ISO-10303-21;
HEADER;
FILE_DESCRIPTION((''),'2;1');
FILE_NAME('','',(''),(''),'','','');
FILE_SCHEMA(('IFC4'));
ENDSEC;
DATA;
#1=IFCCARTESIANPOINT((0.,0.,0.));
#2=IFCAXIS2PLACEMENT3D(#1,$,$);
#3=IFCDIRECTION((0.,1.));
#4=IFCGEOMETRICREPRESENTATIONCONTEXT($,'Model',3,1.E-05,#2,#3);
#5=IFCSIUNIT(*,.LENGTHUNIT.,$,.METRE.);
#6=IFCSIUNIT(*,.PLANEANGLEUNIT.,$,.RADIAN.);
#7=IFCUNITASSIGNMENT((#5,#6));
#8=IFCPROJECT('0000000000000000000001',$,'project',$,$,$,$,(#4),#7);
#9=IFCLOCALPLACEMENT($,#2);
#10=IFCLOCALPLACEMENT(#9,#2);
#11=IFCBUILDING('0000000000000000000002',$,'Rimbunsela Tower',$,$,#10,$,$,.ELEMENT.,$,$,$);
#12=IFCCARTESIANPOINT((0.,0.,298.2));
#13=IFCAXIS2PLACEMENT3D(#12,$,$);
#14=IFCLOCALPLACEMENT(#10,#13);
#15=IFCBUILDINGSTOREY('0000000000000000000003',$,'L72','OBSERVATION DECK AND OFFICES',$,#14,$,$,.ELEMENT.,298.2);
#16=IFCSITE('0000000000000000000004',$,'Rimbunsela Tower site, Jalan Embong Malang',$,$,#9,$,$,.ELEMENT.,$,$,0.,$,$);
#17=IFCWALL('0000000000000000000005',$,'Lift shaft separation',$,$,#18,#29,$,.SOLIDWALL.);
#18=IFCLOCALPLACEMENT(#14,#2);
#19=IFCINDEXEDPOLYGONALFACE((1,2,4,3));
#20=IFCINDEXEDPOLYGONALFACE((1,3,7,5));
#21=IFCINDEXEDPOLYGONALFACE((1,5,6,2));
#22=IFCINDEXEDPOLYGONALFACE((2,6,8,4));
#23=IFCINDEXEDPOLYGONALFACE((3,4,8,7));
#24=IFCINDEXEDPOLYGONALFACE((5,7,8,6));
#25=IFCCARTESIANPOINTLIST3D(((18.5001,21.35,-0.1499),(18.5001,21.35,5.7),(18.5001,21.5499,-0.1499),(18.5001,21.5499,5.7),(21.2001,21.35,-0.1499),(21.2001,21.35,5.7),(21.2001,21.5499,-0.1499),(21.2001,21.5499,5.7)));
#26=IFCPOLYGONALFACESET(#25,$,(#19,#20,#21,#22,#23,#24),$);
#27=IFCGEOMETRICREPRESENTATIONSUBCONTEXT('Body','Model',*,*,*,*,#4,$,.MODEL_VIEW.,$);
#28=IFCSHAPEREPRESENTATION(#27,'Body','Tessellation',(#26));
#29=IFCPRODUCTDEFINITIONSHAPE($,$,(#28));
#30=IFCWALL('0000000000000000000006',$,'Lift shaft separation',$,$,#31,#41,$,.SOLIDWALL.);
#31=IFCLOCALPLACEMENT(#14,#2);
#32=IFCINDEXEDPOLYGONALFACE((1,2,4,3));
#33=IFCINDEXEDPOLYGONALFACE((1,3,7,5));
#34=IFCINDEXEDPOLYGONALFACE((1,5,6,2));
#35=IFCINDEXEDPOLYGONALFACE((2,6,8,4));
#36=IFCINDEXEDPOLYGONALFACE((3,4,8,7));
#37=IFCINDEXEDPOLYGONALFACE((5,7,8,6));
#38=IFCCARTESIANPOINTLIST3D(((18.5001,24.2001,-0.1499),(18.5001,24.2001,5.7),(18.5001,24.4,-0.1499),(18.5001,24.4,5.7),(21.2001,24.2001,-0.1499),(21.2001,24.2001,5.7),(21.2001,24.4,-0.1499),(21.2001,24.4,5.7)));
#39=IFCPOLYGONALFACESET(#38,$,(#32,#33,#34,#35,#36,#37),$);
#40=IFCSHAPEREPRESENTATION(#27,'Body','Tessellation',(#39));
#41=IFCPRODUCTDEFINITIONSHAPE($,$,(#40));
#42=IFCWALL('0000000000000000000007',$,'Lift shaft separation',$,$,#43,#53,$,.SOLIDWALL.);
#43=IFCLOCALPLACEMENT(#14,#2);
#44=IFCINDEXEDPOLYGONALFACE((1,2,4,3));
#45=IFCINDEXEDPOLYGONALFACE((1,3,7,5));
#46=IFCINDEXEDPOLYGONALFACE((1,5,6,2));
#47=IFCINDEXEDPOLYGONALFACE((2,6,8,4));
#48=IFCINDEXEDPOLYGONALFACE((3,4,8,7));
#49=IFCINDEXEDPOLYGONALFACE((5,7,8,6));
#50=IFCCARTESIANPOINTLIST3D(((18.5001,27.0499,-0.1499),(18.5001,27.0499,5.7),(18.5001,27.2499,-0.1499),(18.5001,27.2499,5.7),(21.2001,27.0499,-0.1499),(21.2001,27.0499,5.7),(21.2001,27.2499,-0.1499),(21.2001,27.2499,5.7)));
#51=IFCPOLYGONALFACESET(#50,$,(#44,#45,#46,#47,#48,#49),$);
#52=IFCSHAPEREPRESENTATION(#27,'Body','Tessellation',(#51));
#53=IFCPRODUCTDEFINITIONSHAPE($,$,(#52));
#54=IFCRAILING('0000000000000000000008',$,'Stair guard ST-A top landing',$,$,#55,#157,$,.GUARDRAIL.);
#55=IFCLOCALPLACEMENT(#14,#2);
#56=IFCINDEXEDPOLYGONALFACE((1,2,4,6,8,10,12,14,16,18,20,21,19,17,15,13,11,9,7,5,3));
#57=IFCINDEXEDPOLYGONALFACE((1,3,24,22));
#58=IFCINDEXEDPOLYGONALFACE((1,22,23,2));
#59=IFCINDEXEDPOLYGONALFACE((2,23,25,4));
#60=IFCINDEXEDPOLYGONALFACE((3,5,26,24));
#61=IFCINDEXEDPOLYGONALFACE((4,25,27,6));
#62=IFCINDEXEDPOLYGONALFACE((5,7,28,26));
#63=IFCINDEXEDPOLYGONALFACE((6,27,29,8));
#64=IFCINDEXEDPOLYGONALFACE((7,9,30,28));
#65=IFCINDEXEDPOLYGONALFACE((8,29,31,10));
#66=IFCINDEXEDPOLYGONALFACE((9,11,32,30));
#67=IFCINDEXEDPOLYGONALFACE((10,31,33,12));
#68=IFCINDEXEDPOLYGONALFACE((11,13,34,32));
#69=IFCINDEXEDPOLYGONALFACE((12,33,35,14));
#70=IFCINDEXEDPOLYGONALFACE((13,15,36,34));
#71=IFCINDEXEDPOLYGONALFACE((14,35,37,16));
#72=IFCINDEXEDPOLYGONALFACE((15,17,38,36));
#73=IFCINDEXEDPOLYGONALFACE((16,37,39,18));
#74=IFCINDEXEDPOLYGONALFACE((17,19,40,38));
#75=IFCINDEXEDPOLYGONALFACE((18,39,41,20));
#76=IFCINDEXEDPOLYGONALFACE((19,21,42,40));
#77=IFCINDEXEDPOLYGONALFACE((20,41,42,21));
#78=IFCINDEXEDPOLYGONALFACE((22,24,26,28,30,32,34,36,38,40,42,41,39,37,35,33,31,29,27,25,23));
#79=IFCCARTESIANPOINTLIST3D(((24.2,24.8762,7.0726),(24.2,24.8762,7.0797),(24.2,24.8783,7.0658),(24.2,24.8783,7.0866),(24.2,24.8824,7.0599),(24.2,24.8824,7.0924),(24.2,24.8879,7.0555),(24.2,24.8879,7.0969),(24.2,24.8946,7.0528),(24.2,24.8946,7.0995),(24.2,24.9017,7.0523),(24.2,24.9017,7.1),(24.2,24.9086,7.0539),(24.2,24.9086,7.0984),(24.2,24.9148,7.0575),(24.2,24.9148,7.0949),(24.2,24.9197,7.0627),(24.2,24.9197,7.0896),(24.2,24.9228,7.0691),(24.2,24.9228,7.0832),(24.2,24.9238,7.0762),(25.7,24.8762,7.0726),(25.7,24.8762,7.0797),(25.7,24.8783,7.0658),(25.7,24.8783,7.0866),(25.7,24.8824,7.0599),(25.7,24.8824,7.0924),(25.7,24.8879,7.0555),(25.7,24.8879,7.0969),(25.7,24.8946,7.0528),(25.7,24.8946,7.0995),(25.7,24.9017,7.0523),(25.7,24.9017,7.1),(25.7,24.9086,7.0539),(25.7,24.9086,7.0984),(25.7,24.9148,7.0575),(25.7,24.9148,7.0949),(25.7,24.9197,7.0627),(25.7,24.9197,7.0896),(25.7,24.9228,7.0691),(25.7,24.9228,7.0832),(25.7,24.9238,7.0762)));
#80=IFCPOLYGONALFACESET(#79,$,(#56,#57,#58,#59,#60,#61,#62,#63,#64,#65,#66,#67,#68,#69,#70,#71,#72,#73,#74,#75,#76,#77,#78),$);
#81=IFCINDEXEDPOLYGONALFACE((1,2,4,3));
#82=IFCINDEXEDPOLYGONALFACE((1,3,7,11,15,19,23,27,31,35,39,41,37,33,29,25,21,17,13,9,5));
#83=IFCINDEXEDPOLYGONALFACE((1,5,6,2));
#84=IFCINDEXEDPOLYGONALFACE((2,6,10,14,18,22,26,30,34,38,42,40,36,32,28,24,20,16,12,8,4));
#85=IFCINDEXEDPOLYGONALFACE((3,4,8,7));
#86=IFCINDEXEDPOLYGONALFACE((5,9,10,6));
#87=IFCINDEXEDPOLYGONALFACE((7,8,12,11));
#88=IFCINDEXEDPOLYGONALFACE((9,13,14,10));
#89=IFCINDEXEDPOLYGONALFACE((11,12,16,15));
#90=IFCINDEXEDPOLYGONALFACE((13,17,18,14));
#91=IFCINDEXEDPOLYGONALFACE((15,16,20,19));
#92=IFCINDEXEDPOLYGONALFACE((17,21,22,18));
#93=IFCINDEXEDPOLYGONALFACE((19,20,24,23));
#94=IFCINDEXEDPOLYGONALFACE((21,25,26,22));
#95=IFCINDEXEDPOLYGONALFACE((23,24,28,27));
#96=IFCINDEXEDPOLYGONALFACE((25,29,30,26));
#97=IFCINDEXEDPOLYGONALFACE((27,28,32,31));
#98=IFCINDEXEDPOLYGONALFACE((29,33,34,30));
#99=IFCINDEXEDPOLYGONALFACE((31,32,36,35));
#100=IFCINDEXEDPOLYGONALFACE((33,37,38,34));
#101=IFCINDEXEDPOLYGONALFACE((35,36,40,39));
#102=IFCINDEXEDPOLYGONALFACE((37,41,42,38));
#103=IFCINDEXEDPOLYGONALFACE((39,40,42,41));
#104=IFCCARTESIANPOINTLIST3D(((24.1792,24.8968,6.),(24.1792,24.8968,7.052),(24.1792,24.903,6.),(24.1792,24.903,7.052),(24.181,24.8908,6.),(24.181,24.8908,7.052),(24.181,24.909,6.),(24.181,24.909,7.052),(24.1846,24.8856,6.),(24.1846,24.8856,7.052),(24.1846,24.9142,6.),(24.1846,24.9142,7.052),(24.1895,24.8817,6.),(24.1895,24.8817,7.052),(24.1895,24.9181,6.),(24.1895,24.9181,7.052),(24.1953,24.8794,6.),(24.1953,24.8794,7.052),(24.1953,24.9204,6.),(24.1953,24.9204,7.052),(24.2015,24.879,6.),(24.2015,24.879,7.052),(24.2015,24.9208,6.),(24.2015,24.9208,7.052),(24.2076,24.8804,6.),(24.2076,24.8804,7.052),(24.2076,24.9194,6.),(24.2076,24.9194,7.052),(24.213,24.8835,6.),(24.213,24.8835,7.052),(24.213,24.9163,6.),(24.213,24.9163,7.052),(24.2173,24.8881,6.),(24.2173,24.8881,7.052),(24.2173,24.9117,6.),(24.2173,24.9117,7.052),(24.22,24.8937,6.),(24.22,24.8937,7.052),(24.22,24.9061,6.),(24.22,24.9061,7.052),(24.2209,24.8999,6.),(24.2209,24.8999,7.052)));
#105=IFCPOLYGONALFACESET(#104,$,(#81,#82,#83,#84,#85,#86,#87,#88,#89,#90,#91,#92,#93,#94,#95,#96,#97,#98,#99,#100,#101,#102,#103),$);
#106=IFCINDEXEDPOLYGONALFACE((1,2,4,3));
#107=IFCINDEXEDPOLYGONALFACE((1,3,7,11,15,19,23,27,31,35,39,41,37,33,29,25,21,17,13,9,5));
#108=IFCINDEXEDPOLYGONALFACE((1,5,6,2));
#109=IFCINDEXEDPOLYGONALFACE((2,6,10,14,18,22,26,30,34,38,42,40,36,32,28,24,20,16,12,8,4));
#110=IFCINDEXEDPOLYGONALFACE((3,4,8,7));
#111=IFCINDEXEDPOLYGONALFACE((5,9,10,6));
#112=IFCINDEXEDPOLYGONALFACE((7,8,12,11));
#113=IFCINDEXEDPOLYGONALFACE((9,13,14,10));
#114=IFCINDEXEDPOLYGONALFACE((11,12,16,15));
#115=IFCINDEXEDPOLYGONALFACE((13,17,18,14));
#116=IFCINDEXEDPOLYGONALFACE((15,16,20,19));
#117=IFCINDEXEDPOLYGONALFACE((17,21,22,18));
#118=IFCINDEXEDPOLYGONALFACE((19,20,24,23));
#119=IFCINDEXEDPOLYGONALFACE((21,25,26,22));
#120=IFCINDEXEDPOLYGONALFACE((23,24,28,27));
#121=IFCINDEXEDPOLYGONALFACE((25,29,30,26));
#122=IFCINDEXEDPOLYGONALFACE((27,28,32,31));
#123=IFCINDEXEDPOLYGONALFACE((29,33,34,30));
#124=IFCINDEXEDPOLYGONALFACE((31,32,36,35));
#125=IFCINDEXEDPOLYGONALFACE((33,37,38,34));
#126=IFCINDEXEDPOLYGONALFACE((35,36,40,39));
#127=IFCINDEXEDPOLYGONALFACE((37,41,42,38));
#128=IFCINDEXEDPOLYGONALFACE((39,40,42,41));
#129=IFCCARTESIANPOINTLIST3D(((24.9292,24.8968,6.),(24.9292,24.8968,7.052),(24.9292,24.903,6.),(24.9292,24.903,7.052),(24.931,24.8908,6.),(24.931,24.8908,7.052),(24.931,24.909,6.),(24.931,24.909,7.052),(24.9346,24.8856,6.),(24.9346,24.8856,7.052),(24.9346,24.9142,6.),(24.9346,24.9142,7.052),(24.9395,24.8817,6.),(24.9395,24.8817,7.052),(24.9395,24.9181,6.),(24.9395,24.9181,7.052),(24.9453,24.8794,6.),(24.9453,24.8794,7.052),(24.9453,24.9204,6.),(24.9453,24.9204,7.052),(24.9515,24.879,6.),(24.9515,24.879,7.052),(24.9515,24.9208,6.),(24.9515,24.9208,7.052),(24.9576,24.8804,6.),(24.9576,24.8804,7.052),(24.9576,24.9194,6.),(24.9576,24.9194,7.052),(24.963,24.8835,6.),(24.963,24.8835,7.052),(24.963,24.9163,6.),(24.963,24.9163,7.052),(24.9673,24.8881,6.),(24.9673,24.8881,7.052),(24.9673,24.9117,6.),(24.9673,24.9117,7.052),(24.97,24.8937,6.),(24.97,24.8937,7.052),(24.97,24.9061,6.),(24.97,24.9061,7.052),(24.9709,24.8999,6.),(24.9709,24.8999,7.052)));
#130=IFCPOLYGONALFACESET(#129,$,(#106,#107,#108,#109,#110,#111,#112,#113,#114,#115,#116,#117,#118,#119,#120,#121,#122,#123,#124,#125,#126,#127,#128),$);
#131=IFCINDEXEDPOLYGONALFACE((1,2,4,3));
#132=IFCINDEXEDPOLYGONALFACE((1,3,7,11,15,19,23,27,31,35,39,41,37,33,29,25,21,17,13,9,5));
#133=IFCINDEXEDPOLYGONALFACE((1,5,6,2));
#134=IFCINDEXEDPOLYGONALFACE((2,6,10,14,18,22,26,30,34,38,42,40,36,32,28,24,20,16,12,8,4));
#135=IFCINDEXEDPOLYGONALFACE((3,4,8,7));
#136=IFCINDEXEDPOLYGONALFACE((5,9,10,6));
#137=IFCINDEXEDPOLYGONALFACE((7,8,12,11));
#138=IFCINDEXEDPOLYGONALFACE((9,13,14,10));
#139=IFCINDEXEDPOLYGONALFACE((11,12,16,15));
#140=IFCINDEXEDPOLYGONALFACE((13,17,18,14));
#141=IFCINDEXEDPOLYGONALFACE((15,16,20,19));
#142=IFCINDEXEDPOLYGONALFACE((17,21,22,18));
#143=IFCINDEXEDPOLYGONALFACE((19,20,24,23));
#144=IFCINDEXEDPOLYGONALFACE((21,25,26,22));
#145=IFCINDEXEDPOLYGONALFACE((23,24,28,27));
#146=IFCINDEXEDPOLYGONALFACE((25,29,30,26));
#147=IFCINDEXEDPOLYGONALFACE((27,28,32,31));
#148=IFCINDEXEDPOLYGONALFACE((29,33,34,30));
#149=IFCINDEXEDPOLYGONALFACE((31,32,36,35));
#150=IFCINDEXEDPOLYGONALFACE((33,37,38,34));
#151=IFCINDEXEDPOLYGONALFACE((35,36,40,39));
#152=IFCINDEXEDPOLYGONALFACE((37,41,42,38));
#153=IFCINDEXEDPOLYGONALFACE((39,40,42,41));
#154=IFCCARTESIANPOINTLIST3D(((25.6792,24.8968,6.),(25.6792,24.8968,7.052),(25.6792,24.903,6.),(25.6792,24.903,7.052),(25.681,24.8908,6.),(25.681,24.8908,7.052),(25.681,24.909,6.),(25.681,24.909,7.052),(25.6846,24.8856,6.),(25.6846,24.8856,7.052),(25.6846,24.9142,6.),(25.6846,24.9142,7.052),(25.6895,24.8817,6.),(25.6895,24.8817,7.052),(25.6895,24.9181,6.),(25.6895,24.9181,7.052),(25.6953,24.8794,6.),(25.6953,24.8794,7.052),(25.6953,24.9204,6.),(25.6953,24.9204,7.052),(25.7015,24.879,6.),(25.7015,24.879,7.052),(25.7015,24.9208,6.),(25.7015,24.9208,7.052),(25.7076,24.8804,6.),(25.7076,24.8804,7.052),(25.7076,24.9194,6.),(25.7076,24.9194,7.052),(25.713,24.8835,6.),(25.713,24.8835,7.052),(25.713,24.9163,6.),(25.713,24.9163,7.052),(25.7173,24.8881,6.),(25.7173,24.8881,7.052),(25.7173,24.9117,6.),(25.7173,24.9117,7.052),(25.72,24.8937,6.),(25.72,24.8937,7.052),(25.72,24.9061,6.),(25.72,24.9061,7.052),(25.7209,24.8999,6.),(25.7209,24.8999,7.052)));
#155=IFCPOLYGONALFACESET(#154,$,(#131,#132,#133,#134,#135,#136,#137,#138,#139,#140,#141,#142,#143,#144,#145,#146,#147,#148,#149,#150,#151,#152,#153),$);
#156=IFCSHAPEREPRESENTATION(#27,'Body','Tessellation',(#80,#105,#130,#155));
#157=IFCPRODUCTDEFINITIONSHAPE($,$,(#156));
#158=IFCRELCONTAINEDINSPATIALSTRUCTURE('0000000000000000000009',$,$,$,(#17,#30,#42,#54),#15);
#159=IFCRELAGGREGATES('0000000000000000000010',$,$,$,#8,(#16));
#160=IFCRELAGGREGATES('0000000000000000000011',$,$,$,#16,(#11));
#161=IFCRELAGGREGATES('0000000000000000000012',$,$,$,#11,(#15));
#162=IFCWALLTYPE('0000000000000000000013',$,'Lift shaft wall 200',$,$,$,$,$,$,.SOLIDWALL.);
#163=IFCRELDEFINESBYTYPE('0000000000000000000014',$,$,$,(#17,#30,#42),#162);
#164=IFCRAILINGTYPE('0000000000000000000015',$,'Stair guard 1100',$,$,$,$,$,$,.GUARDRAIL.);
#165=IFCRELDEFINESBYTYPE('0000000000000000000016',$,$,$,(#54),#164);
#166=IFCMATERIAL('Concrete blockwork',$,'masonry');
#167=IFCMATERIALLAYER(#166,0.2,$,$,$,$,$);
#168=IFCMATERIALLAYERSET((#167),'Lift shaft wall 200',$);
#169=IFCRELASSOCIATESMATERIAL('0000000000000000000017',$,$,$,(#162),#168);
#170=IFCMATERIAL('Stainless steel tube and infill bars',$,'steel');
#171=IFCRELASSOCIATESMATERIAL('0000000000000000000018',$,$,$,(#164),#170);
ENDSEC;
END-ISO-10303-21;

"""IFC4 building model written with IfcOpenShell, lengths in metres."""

from ifc_helpers import new_model, si_unit, direction, frame, frame_2d, origin, origin_2d, place, context, subcontext, project, spatial, rectangle, circle, extrude, material, layer, layer_set, type_object, element, save


model = new_model("IFC4")

# Units and contexts
model_context = context("Model", 3, precision=1e-05, world=origin(), true_north=direction((0.0, 1.0)))
body_context = subcontext(model_context, "Body", "Model", "MODEL_VIEW")
ifc_project = project(units=[si_unit("LENGTHUNIT", "METRE"), si_unit("PLANEANGLEUNIT", "RADIAN")], contexts=[model_context])

# Site, building, storey
site_placement = place(None, origin())
site = spatial("IfcSite", under=ifc_project, at=site_placement, Name="Rimbunsela Tower site, Jalan Embong Malang", CompositionType="ELEMENT", RefElevation=0.0)
building_placement = place(site_placement, origin())
building = spatial("IfcBuilding", under=site, at=building_placement, Name="Rimbunsela Tower", CompositionType="ELEMENT")
storey_placement = place(building_placement, frame((0.0, 0.0, 298.2)))
storey = spatial("IfcBuildingStorey", under=building, at=storey_placement, Name="L72", Description="OBSERVATION DECK AND OFFICES", CompositionType="ELEMENT", Elevation=298.2)

# Walls
ifc_material_1 = material(Name="Concrete blockwork", Category="masonry")
ifc_layer_1 = layer(ifc_material_1, 0.2)
ifc_layer_set_1 = layer_set([ifc_layer_1], Name="Lift shaft wall 200")
wall_type_1 = type_object("IfcWallType", Name="Lift shaft wall 200", PredefinedType="SOLIDWALL", material=ifc_layer_set_1)
for number, where, z_axis, x_axis, name in (
    (1, (18.5, 21.45, -0.1499), (0.0, 0.0, 1.0), (1.0, 0.0, 0.0), "Lift shaft separation"),
    (2, (18.5, 24.3, -0.1499), (0.0, 0.0, 1.0), (1.0, 0.0, 0.0), "Lift shaft separation"),
    (3, (18.5, 27.1499, -0.1499), (0.0, 0.0, 1.0), (1.0, 0.0, 0.0), "Lift shaft separation"),
):
    element("IfcWall", number, at=place(storey_placement, frame(where, z_axis=z_axis, x_axis=x_axis)), inside=storey, type_object=wall_type_1, Name=name, PredefinedType="SOLIDWALL", context=body_context, shape_type="SweptSolid", body=[
        extrude(rectangle(XDim=2.7, YDim=0.2, at=frame_2d((1.3501, 0.0))), origin(), (0.0, 0.0, 1.0), 5.8499),
    ])

# Railing
ifc_material_2 = material(Name="Stainless steel tube and infill bars", Category="steel")
railing_type = type_object("IfcRailingType", Name="Stair guard 1100", PredefinedType="GUARDRAIL", material=ifc_material_2)
railing_placement = place(storey_placement, frame((24.2, 24.8999, 6.0)))
element("IfcRailing", 4, at=railing_placement, inside=storey, type_object=railing_type, Name="Stair guard ST-A top landing", PredefinedType="GUARDRAIL", context=body_context, shape_type="SweptSolid", body=[
    extrude(circle(Radius=0.0239, at=origin_2d()), frame((0.0, 0.0, 1.0762), z_axis=(1.0, 0.0, 0.0), x_axis=(0.0, 1.0, 0.0)), (0.0, 0.0, 1.0), 1.5),
    extrude(circle(Radius=0.021, at=origin_2d()), origin(), (0.0, 0.0, 1.0), 1.052),
    extrude(circle(Radius=0.021, at=origin_2d()), frame((0.75, 0.0, 0.0)), (0.0, 0.0, 1.0), 1.052),
    extrude(circle(Radius=0.021, at=origin_2d()), frame((1.5, 0.0, 0.0)), (0.0, 0.0, 1.0), 1.052),
])

save(model, "model.ifc")
